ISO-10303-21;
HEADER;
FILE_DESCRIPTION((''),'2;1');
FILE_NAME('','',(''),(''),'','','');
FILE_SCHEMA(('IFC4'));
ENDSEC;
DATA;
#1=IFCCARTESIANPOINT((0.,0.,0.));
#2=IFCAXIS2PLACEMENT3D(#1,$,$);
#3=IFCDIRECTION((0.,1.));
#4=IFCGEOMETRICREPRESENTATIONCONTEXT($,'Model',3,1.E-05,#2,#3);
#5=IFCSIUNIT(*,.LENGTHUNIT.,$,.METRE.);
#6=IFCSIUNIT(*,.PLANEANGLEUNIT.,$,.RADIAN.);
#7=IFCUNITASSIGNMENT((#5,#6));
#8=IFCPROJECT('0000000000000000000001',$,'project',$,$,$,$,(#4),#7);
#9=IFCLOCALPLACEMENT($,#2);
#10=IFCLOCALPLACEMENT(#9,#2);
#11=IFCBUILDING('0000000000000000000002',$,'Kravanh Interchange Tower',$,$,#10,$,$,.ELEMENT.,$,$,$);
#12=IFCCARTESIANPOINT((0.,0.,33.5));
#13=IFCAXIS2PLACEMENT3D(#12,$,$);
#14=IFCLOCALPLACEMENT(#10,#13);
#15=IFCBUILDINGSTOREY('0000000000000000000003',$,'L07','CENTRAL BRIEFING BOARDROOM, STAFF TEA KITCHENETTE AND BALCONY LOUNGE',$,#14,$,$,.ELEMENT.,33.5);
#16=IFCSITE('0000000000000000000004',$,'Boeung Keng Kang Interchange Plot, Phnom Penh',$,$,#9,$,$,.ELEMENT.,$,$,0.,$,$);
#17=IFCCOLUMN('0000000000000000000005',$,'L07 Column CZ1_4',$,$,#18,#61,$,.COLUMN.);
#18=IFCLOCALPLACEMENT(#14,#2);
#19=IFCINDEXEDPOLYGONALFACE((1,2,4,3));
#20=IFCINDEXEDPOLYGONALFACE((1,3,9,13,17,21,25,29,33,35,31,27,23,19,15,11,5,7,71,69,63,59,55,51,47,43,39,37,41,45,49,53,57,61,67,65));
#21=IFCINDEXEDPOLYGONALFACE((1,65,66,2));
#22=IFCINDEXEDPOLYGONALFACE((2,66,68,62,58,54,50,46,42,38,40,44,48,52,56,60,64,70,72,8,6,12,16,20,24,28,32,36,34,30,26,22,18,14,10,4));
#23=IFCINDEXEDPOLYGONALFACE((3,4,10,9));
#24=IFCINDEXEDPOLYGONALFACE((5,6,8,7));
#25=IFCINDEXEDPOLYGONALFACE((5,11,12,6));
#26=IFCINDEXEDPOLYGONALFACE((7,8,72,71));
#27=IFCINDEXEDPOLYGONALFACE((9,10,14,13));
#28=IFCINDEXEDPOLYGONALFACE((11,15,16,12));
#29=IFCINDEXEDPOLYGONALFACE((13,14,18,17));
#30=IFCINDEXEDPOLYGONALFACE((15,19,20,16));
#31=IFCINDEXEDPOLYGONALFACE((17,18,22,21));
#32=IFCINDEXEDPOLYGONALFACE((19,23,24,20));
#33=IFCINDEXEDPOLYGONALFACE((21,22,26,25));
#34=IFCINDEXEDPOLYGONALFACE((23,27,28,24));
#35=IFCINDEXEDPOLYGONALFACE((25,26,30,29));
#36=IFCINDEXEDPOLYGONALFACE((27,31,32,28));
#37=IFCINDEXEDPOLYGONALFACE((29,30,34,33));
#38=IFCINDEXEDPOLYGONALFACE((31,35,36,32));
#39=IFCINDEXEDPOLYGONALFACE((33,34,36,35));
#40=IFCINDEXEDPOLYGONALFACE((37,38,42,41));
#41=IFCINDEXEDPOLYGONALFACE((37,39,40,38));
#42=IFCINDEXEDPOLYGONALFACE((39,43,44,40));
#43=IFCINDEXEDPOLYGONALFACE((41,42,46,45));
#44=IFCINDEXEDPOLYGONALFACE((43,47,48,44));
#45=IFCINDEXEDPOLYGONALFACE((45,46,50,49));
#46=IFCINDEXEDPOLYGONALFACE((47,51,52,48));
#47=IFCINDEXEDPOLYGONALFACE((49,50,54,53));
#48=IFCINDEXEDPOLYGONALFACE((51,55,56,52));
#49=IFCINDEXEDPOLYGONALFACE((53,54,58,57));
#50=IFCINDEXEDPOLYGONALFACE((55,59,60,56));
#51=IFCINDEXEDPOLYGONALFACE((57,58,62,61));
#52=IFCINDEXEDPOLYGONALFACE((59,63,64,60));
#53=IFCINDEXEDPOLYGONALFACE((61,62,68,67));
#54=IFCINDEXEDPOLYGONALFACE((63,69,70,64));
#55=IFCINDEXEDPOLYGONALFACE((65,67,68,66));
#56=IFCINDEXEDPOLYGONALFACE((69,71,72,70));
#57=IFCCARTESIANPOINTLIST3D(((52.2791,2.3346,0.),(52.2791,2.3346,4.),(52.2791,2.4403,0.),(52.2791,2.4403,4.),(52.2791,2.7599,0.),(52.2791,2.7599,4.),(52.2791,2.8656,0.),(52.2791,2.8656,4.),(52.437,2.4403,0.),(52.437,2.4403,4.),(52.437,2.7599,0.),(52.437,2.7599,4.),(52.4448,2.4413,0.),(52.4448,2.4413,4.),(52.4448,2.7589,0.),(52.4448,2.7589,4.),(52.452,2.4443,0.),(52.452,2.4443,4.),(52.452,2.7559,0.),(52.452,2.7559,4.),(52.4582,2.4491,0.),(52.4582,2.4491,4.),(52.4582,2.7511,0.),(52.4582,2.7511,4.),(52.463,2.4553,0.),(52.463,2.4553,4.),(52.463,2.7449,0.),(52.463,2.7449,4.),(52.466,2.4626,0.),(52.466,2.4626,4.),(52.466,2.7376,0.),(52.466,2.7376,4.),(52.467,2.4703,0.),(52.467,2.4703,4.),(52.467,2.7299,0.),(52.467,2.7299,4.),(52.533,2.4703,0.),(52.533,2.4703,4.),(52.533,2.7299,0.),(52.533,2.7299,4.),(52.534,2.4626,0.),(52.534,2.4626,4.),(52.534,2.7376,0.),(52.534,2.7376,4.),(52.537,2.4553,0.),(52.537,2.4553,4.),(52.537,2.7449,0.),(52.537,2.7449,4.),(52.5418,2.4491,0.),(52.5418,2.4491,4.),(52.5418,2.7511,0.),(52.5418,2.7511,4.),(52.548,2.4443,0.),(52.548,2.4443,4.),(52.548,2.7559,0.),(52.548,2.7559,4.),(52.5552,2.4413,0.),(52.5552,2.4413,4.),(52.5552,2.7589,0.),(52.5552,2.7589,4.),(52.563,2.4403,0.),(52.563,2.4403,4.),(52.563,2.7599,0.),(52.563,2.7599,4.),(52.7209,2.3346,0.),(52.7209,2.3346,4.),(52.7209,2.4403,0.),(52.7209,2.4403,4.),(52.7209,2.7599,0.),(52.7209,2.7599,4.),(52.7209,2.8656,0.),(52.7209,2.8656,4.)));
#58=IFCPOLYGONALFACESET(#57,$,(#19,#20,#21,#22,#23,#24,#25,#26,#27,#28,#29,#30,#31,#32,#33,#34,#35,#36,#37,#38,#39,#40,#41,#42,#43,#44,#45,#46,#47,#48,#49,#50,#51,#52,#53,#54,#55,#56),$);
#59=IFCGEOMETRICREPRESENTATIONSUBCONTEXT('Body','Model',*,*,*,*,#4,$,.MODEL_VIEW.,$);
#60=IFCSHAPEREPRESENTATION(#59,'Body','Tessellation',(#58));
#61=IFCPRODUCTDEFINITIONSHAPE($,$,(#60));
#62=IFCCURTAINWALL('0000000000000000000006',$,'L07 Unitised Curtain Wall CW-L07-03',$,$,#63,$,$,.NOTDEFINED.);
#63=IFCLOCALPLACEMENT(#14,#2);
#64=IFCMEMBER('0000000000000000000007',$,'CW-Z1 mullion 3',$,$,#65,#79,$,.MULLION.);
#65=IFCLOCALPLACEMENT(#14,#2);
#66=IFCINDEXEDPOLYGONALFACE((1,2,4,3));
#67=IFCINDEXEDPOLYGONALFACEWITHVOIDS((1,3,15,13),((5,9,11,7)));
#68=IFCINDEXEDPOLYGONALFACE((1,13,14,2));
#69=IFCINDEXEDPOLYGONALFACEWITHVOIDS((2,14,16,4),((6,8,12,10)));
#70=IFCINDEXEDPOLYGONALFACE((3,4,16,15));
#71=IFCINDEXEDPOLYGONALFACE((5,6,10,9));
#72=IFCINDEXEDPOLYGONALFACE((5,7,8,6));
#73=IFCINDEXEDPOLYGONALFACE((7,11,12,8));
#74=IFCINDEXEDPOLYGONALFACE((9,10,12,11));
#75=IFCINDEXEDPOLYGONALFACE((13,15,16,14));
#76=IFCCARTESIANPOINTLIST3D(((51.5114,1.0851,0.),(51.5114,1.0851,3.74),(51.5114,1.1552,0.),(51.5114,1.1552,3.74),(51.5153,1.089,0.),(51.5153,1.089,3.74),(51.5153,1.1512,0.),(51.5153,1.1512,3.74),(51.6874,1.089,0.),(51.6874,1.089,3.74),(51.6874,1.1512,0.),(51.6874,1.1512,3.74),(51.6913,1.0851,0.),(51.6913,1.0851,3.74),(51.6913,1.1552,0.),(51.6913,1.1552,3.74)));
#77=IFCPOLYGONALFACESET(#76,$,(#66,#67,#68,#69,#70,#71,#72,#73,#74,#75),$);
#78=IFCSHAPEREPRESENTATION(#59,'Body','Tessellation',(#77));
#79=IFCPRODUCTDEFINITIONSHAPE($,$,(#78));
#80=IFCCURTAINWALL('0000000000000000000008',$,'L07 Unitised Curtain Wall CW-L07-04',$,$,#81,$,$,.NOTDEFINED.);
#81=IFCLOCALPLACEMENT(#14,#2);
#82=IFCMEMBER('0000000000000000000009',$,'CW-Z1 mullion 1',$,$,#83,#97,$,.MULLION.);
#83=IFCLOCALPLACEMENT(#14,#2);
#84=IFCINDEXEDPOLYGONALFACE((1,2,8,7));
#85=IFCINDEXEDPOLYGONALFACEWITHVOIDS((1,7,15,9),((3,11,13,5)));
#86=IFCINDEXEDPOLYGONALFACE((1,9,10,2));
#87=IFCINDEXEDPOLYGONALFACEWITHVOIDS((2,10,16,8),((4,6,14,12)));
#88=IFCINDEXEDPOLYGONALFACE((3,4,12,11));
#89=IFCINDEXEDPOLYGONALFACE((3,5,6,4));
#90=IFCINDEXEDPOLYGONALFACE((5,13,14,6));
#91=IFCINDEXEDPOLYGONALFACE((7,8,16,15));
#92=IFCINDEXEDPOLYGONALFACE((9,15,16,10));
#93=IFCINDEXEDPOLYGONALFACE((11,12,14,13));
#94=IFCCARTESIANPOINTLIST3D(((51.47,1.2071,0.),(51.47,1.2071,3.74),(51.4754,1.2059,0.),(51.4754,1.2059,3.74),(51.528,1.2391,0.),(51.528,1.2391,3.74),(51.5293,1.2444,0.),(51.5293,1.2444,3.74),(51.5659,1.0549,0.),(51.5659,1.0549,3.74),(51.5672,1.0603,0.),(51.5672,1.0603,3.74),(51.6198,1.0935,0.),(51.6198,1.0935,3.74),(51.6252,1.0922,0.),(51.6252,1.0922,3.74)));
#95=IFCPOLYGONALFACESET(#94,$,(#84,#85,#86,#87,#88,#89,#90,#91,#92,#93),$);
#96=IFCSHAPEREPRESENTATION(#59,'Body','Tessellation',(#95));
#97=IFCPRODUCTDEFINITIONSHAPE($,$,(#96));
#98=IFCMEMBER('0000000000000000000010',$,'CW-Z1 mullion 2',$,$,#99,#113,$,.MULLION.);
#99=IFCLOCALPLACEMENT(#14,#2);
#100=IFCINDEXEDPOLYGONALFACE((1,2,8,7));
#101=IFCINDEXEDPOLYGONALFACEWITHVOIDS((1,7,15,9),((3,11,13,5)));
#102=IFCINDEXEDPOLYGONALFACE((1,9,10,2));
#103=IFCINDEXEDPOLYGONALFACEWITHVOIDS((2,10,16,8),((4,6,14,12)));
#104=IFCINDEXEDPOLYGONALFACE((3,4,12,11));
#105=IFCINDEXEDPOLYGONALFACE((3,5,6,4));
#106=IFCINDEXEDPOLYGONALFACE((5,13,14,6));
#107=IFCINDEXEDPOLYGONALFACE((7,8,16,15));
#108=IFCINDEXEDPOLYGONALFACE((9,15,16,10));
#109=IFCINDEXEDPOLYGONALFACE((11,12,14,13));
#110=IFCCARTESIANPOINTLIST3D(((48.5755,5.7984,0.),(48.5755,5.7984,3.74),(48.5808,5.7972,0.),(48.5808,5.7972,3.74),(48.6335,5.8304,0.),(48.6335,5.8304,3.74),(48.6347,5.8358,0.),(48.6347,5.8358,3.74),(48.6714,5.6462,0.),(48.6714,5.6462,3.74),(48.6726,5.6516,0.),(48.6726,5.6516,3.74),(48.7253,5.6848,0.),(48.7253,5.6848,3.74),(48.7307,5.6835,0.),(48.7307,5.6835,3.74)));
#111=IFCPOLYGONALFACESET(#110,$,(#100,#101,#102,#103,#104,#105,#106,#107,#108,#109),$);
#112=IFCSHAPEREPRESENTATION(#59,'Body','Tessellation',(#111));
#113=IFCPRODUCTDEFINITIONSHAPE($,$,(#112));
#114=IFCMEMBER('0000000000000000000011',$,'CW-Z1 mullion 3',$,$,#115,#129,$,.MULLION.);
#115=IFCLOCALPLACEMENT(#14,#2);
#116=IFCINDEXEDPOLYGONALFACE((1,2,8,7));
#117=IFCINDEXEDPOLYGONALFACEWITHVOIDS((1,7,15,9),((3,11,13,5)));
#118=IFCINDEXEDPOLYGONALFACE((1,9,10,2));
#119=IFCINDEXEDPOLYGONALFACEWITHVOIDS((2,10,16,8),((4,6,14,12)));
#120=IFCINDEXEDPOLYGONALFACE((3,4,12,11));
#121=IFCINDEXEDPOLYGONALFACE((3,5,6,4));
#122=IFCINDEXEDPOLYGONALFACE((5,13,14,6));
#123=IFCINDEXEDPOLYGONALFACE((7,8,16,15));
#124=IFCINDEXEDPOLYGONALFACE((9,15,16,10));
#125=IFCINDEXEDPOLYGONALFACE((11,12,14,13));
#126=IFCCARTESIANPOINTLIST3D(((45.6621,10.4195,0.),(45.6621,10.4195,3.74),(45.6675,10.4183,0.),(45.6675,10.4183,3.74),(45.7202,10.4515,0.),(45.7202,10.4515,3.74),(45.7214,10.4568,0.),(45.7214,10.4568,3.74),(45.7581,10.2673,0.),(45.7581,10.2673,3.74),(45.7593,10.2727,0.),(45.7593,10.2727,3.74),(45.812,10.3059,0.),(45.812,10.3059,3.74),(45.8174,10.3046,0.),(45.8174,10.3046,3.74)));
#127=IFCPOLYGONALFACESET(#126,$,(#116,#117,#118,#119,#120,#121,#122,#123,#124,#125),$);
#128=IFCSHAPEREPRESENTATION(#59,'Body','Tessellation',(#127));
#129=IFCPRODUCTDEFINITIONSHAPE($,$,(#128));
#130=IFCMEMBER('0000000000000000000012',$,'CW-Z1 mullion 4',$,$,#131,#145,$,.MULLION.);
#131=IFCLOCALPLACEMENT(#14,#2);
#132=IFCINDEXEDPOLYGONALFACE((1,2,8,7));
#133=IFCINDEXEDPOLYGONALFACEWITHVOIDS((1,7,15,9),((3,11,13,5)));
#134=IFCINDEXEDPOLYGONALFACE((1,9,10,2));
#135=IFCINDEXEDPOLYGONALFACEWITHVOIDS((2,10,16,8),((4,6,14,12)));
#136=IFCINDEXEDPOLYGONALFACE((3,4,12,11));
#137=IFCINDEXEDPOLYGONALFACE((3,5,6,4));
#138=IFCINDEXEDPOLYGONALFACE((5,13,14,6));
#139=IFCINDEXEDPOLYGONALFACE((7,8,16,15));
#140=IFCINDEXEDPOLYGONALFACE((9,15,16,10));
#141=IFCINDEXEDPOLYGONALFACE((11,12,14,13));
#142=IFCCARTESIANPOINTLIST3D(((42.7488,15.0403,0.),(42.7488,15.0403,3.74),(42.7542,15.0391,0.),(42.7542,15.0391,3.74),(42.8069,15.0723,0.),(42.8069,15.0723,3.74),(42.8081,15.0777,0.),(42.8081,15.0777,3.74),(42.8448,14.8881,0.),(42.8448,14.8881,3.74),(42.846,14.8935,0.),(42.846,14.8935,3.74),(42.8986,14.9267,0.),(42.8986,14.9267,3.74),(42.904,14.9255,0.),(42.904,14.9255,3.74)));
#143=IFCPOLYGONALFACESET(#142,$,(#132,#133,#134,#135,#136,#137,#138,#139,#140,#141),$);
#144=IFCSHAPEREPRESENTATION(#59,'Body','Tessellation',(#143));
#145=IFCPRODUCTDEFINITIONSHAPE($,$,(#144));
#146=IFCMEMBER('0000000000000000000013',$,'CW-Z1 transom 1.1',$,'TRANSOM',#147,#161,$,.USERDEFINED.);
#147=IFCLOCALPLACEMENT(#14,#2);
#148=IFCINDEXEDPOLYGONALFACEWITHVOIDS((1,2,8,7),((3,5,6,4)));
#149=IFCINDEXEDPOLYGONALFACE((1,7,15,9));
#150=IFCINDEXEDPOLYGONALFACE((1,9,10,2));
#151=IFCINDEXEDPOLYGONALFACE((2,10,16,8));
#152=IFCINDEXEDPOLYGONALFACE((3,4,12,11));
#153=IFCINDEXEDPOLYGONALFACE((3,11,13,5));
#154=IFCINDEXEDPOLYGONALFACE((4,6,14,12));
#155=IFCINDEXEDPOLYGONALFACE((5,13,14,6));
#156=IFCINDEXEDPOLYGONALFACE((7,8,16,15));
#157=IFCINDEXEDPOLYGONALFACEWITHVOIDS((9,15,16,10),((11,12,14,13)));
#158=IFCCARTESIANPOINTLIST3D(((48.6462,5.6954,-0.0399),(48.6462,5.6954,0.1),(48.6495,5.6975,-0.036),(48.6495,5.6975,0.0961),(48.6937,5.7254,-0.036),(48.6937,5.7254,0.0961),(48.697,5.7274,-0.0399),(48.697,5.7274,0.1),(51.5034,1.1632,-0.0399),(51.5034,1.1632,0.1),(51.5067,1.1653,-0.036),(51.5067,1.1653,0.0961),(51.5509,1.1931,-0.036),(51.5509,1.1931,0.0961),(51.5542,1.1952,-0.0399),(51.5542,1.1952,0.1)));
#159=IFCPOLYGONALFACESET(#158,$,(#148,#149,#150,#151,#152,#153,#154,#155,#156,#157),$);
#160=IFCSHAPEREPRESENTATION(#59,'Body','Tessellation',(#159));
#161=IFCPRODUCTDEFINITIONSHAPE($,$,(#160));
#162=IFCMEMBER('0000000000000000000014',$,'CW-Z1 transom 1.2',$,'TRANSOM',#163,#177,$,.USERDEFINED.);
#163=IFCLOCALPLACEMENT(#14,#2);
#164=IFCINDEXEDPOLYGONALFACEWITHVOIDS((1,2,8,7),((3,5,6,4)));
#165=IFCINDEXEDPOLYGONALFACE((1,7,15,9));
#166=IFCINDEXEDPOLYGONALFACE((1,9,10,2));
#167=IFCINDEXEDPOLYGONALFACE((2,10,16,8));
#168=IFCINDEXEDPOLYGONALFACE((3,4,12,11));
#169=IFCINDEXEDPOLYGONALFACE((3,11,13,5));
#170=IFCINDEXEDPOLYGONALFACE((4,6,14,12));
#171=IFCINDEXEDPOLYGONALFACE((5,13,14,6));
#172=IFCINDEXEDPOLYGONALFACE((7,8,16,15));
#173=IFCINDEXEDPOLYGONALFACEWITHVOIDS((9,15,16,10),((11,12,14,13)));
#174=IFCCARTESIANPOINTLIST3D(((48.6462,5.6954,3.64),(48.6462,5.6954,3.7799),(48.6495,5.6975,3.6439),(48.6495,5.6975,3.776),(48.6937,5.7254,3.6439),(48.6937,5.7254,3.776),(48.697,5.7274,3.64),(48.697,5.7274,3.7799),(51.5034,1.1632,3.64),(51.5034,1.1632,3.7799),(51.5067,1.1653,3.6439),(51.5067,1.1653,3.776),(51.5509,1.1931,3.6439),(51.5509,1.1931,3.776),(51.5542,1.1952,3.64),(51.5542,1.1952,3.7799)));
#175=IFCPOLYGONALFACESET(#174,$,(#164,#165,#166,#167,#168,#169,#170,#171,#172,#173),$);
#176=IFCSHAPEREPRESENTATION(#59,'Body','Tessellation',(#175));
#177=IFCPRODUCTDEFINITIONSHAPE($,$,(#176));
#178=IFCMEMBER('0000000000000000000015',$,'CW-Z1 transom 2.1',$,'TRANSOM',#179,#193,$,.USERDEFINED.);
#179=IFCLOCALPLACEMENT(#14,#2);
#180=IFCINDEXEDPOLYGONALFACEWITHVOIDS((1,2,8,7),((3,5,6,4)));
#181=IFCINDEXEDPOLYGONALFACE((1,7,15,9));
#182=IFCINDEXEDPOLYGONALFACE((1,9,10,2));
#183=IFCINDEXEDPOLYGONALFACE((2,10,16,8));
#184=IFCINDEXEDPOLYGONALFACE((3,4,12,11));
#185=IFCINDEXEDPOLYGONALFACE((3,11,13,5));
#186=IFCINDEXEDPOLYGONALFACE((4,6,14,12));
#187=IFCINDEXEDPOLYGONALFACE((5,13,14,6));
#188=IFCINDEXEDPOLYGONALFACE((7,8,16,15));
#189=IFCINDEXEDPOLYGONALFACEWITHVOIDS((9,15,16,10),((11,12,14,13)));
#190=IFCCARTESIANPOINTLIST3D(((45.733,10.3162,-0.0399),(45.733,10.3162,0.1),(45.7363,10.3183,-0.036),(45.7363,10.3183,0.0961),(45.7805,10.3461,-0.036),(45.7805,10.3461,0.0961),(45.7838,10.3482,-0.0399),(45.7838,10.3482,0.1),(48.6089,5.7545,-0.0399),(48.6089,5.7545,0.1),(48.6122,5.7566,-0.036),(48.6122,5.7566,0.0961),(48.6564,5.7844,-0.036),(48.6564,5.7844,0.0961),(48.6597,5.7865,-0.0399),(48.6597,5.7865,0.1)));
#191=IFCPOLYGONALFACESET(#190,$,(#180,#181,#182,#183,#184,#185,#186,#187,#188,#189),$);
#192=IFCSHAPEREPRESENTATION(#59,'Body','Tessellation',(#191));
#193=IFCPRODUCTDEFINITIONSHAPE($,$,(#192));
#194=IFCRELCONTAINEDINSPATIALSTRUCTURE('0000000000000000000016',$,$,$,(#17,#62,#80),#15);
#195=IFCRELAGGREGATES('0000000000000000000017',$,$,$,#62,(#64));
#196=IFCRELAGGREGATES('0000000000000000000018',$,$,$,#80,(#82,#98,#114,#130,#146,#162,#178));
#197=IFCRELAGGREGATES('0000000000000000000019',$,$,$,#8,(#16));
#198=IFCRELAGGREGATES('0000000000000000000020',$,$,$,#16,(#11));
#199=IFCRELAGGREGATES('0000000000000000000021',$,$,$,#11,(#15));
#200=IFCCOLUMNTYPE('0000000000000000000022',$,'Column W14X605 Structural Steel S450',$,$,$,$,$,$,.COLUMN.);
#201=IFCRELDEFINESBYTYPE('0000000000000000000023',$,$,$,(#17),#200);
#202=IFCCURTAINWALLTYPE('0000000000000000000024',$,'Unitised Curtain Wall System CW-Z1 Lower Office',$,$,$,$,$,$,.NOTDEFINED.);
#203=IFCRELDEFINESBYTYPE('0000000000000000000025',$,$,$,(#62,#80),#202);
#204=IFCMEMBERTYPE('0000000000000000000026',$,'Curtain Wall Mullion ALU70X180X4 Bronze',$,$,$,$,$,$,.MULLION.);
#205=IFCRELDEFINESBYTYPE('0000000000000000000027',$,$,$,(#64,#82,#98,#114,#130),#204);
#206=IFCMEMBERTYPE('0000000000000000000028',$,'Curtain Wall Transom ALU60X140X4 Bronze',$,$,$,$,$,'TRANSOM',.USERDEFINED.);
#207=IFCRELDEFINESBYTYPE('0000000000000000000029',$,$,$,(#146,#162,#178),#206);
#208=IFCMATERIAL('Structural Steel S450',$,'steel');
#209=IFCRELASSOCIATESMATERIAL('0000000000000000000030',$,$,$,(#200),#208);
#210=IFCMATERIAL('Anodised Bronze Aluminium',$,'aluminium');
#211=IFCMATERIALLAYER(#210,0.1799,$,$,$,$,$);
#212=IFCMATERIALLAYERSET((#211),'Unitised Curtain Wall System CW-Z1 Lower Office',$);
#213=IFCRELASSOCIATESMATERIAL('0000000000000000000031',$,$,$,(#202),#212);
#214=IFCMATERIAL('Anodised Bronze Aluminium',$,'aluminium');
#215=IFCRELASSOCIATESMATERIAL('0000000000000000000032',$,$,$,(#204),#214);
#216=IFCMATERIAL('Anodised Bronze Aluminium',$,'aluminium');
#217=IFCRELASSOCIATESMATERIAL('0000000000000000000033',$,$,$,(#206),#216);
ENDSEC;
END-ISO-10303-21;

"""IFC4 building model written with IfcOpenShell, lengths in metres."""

from ifc_helpers import new_model, si_unit, direction, frame, origin, origin_2d, place, context, subcontext, project, spatial, hollow_rectangle, i_section, extrude, material, layer, layer_set, material_profile, profile_set, type_object, element, aggregate, save


model = new_model("IFC4")

# Units and contexts
model_context = context("Model", 3, precision=1e-05, world=origin(), true_north=direction((0.0, 1.0)))
body_context = subcontext(model_context, "Body", "Model", "MODEL_VIEW")
ifc_project = project(units=[si_unit("LENGTHUNIT", "METRE"), si_unit("PLANEANGLEUNIT", "RADIAN")], contexts=[model_context])

# Site, building, storey
site_placement = place(None, origin())
site = spatial("IfcSite", under=ifc_project, at=site_placement, Name="Boeung Keng Kang Interchange Plot, Phnom Penh", CompositionType="ELEMENT", RefElevation=0.0)
building_placement = place(site_placement, origin())
building = spatial("IfcBuilding", under=site, at=building_placement, Name="Kravanh Interchange Tower", CompositionType="ELEMENT")
storey_placement = place(building_placement, frame((0.0, 0.0, 33.5)))
storey = spatial("IfcBuildingStorey", under=building, at=storey_placement, Name="L07", Description="CENTRAL BRIEFING BOARDROOM, STAFF TEA KITCHENETTE AND BALCONY LOUNGE", CompositionType="ELEMENT", Elevation=33.5)

# Column
ifc_material_1 = material(Name="Structural Steel S450", Category="steel")
ifc_material_profile_1 = material_profile(ifc_material_1, i_section(OverallWidth=0.4419, OverallDepth=0.531, WebThickness=0.0659, FlangeThickness=0.1057, FilletRadius=0.03, at=origin_2d()), Name="W14X605")
ifc_profile_set_1 = profile_set([ifc_material_profile_1], Name="Structural Steel S450")
column_type = type_object("IfcColumnType", Name="Column W14X605 Structural Steel S450", PredefinedType="COLUMN", material=ifc_profile_set_1)
column_placement = place(storey_placement, frame((52.5, 2.6001, 0.0), z_axis=(0.0, 0.0, 1.0), x_axis=(1.0, 0.0, 0.0)))
element("IfcColumn", 1, at=column_placement, inside=storey, type_object=column_type, Name="L07 Column CZ1_4", PredefinedType="COLUMN", context=body_context, shape_type="SweptSolid", body=[
    extrude(i_section(OverallWidth=0.4419, OverallDepth=0.531, WebThickness=0.0659, FlangeThickness=0.1057, FilletRadius=0.03, at=origin_2d()), origin(), (0.0, 0.0, 1.0), 4.0),
])

# Curtain wall, member
ifc_material_2 = material(Name="Anodised Bronze Aluminium", Category="aluminium")
ifc_layer_1 = layer(ifc_material_2, 0.1799)
ifc_layer_set_1 = layer_set([ifc_layer_1], Name="Unitised Curtain Wall System CW-Z1 Lower Office")
curtain_wall_type = type_object("IfcCurtainWallType", Name="Unitised Curtain Wall System CW-Z1 Lower Office", PredefinedType="NOTDEFINED", material=ifc_layer_set_1)
curtain_wall_1_placement = place(storey_placement, origin())
curtain_wall_1 = element("IfcCurtainWall", 2, at=curtain_wall_1_placement, inside=storey, type_object=curtain_wall_type, Name="L07 Unitised Curtain Wall CW-L07-03", PredefinedType="NOTDEFINED")
ifc_material_3 = material(Name="Anodised Bronze Aluminium", Category="aluminium")
ifc_material_profile_2 = material_profile(ifc_material_3, hollow_rectangle(XDim=0.0701, YDim=0.1799, WallThickness=0.0039, at=origin_2d()), Name="ALU70X180X4")
ifc_profile_set_2 = profile_set([ifc_material_profile_2], Name="Anodised Bronze Aluminium")
member_type_1 = type_object("IfcMemberType", Name="Curtain Wall Mullion ALU70X180X4 Bronze", PredefinedType="MULLION", material=ifc_profile_set_2)
member_1_placement = place(storey_placement, frame((51.6013, 1.1201, 0.0), z_axis=(0.0, 0.0, 1.0), x_axis=(0.0, -1.0, 0.0)))
member_1 = element("IfcMember", 3, at=member_1_placement, type_object=member_type_1, Name="CW-Z1 mullion 3", PredefinedType="MULLION", context=body_context, shape_type="SweptSolid", body=[
    extrude(hollow_rectangle(XDim=0.0701, YDim=0.1799, WallThickness=0.0039, at=origin_2d()), origin(), (0.0, 0.0, 1.0), 3.74),
])
aggregate(curtain_wall_1, [member_1])

# Curtain wall, members
curtain_wall_2_placement = place(storey_placement, origin())
curtain_wall_2 = element("IfcCurtainWall", 4, at=curtain_wall_2_placement, inside=storey, type_object=curtain_wall_type, Name="L07 Unitised Curtain Wall CW-L07-04", PredefinedType="NOTDEFINED")
member_2_placement = place(storey_placement, frame((51.5476, 1.1497, 0.0), z_axis=(0.0, 0.0, 1.0), x_axis=(-0.845926, -0.533301, 0.0)))
member_2 = element("IfcMember", 5, at=member_2_placement, type_object=member_type_1, Name="CW-Z1 mullion 1", PredefinedType="MULLION", context=body_context, shape_type="SweptSolid", body=[
    extrude(hollow_rectangle(XDim=0.0701, YDim=0.1799, WallThickness=0.0039, at=origin_2d()), origin(), (0.0, 0.0, 1.0), 3.74),
])
member_3_placement = place(storey_placement, frame((48.6531, 5.741, 0.0), z_axis=(0.0, 0.0, 1.0), x_axis=(-0.845926, -0.533301, 0.0)))
member_3 = element("IfcMember", 6, at=member_3_placement, type_object=member_type_1, Name="CW-Z1 mullion 2", PredefinedType="MULLION", context=body_context, shape_type="SweptSolid", body=[
    extrude(hollow_rectangle(XDim=0.0701, YDim=0.1799, WallThickness=0.0039, at=origin_2d()), origin(), (0.0, 0.0, 1.0), 3.74),
])
member_4_placement = place(storey_placement, frame((45.7397, 10.3621, 0.0), z_axis=(0.0, 0.0, 1.0), x_axis=(-0.845926, -0.533301, 0.0)))
member_4 = element("IfcMember", 7, at=member_4_placement, type_object=member_type_1, Name="CW-Z1 mullion 3", PredefinedType="MULLION", context=body_context, shape_type="SweptSolid", body=[
    extrude(hollow_rectangle(XDim=0.0701, YDim=0.1799, WallThickness=0.0039, at=origin_2d()), origin(), (0.0, 0.0, 1.0), 3.74),
])
member_5_placement = place(storey_placement, frame((42.8264, 14.9829, 0.0), z_axis=(0.0, 0.0, 1.0), x_axis=(-0.845926, -0.533301, 0.0)))
member_5 = element("IfcMember", 8, at=member_5_placement, type_object=member_type_1, Name="CW-Z1 mullion 4", PredefinedType="MULLION", context=body_context, shape_type="SweptSolid", body=[
    extrude(hollow_rectangle(XDim=0.0701, YDim=0.1799, WallThickness=0.0039, at=origin_2d()), origin(), (0.0, 0.0, 1.0), 3.74),
])
ifc_material_4 = material(Name="Anodised Bronze Aluminium", Category="aluminium")
ifc_material_profile_3 = material_profile(ifc_material_4, hollow_rectangle(XDim=0.0601, YDim=0.1399, WallThickness=0.0039, at=origin_2d()), Name="ALU60X140X4")
ifc_profile_set_3 = profile_set([ifc_material_profile_3], Name="Anodised Bronze Aluminium")
member_type_2 = type_object("IfcMemberType", Name="Curtain Wall Transom ALU60X140X4 Bronze", ElementType="TRANSOM", PredefinedType="USERDEFINED", material=ifc_profile_set_3)
member_6_placement = place(storey_placement, frame((51.5288, 1.1792, 0.03), z_axis=(-0.533288, 0.845934, 0.0), x_axis=(-0.845934, -0.533288, 0.0)))
member_6 = element("IfcMember", 9, at=member_6_placement, type_object=member_type_2, Name="CW-Z1 transom 1.1", ObjectType="TRANSOM", PredefinedType="USERDEFINED", context=body_context, shape_type="SweptSolid", body=[
    extrude(hollow_rectangle(XDim=0.0601, YDim=0.1399, WallThickness=0.0039, at=origin_2d()), origin(), (0.0, 0.0, 1.0), 5.3577),
])
member_7_placement = place(storey_placement, frame((51.5288, 1.1792, 3.71), z_axis=(-0.533288, 0.845934, 0.0), x_axis=(-0.845934, -0.533288, 0.0)))
member_7 = element("IfcMember", 10, at=member_7_placement, type_object=member_type_2, Name="CW-Z1 transom 1.2", ObjectType="TRANSOM", PredefinedType="USERDEFINED", context=body_context, shape_type="SweptSolid", body=[
    extrude(hollow_rectangle(XDim=0.0601, YDim=0.1399, WallThickness=0.0039, at=origin_2d()), origin(), (0.0, 0.0, 1.0), 5.3577),
])
member_8_placement = place(storey_placement, frame((48.6343, 5.7705, 0.03), z_axis=(-0.533311, 0.845919, 0.0), x_axis=(-0.845919, -0.533311, 0.0)))
member_8 = element("IfcMember", 11, at=member_8_placement, type_object=member_type_2, Name="CW-Z1 transom 2.1", ObjectType="TRANSOM", PredefinedType="USERDEFINED", context=body_context, shape_type="SweptSolid", body=[
    extrude(hollow_rectangle(XDim=0.0601, YDim=0.1399, WallThickness=0.0039, at=origin_2d()), origin(), (0.0, 0.0, 1.0), 5.3926),
])

aggregate(curtain_wall_2, [member_2, member_3, member_4, member_5, member_6, member_7, member_8])

save(model, "model.ifc")
